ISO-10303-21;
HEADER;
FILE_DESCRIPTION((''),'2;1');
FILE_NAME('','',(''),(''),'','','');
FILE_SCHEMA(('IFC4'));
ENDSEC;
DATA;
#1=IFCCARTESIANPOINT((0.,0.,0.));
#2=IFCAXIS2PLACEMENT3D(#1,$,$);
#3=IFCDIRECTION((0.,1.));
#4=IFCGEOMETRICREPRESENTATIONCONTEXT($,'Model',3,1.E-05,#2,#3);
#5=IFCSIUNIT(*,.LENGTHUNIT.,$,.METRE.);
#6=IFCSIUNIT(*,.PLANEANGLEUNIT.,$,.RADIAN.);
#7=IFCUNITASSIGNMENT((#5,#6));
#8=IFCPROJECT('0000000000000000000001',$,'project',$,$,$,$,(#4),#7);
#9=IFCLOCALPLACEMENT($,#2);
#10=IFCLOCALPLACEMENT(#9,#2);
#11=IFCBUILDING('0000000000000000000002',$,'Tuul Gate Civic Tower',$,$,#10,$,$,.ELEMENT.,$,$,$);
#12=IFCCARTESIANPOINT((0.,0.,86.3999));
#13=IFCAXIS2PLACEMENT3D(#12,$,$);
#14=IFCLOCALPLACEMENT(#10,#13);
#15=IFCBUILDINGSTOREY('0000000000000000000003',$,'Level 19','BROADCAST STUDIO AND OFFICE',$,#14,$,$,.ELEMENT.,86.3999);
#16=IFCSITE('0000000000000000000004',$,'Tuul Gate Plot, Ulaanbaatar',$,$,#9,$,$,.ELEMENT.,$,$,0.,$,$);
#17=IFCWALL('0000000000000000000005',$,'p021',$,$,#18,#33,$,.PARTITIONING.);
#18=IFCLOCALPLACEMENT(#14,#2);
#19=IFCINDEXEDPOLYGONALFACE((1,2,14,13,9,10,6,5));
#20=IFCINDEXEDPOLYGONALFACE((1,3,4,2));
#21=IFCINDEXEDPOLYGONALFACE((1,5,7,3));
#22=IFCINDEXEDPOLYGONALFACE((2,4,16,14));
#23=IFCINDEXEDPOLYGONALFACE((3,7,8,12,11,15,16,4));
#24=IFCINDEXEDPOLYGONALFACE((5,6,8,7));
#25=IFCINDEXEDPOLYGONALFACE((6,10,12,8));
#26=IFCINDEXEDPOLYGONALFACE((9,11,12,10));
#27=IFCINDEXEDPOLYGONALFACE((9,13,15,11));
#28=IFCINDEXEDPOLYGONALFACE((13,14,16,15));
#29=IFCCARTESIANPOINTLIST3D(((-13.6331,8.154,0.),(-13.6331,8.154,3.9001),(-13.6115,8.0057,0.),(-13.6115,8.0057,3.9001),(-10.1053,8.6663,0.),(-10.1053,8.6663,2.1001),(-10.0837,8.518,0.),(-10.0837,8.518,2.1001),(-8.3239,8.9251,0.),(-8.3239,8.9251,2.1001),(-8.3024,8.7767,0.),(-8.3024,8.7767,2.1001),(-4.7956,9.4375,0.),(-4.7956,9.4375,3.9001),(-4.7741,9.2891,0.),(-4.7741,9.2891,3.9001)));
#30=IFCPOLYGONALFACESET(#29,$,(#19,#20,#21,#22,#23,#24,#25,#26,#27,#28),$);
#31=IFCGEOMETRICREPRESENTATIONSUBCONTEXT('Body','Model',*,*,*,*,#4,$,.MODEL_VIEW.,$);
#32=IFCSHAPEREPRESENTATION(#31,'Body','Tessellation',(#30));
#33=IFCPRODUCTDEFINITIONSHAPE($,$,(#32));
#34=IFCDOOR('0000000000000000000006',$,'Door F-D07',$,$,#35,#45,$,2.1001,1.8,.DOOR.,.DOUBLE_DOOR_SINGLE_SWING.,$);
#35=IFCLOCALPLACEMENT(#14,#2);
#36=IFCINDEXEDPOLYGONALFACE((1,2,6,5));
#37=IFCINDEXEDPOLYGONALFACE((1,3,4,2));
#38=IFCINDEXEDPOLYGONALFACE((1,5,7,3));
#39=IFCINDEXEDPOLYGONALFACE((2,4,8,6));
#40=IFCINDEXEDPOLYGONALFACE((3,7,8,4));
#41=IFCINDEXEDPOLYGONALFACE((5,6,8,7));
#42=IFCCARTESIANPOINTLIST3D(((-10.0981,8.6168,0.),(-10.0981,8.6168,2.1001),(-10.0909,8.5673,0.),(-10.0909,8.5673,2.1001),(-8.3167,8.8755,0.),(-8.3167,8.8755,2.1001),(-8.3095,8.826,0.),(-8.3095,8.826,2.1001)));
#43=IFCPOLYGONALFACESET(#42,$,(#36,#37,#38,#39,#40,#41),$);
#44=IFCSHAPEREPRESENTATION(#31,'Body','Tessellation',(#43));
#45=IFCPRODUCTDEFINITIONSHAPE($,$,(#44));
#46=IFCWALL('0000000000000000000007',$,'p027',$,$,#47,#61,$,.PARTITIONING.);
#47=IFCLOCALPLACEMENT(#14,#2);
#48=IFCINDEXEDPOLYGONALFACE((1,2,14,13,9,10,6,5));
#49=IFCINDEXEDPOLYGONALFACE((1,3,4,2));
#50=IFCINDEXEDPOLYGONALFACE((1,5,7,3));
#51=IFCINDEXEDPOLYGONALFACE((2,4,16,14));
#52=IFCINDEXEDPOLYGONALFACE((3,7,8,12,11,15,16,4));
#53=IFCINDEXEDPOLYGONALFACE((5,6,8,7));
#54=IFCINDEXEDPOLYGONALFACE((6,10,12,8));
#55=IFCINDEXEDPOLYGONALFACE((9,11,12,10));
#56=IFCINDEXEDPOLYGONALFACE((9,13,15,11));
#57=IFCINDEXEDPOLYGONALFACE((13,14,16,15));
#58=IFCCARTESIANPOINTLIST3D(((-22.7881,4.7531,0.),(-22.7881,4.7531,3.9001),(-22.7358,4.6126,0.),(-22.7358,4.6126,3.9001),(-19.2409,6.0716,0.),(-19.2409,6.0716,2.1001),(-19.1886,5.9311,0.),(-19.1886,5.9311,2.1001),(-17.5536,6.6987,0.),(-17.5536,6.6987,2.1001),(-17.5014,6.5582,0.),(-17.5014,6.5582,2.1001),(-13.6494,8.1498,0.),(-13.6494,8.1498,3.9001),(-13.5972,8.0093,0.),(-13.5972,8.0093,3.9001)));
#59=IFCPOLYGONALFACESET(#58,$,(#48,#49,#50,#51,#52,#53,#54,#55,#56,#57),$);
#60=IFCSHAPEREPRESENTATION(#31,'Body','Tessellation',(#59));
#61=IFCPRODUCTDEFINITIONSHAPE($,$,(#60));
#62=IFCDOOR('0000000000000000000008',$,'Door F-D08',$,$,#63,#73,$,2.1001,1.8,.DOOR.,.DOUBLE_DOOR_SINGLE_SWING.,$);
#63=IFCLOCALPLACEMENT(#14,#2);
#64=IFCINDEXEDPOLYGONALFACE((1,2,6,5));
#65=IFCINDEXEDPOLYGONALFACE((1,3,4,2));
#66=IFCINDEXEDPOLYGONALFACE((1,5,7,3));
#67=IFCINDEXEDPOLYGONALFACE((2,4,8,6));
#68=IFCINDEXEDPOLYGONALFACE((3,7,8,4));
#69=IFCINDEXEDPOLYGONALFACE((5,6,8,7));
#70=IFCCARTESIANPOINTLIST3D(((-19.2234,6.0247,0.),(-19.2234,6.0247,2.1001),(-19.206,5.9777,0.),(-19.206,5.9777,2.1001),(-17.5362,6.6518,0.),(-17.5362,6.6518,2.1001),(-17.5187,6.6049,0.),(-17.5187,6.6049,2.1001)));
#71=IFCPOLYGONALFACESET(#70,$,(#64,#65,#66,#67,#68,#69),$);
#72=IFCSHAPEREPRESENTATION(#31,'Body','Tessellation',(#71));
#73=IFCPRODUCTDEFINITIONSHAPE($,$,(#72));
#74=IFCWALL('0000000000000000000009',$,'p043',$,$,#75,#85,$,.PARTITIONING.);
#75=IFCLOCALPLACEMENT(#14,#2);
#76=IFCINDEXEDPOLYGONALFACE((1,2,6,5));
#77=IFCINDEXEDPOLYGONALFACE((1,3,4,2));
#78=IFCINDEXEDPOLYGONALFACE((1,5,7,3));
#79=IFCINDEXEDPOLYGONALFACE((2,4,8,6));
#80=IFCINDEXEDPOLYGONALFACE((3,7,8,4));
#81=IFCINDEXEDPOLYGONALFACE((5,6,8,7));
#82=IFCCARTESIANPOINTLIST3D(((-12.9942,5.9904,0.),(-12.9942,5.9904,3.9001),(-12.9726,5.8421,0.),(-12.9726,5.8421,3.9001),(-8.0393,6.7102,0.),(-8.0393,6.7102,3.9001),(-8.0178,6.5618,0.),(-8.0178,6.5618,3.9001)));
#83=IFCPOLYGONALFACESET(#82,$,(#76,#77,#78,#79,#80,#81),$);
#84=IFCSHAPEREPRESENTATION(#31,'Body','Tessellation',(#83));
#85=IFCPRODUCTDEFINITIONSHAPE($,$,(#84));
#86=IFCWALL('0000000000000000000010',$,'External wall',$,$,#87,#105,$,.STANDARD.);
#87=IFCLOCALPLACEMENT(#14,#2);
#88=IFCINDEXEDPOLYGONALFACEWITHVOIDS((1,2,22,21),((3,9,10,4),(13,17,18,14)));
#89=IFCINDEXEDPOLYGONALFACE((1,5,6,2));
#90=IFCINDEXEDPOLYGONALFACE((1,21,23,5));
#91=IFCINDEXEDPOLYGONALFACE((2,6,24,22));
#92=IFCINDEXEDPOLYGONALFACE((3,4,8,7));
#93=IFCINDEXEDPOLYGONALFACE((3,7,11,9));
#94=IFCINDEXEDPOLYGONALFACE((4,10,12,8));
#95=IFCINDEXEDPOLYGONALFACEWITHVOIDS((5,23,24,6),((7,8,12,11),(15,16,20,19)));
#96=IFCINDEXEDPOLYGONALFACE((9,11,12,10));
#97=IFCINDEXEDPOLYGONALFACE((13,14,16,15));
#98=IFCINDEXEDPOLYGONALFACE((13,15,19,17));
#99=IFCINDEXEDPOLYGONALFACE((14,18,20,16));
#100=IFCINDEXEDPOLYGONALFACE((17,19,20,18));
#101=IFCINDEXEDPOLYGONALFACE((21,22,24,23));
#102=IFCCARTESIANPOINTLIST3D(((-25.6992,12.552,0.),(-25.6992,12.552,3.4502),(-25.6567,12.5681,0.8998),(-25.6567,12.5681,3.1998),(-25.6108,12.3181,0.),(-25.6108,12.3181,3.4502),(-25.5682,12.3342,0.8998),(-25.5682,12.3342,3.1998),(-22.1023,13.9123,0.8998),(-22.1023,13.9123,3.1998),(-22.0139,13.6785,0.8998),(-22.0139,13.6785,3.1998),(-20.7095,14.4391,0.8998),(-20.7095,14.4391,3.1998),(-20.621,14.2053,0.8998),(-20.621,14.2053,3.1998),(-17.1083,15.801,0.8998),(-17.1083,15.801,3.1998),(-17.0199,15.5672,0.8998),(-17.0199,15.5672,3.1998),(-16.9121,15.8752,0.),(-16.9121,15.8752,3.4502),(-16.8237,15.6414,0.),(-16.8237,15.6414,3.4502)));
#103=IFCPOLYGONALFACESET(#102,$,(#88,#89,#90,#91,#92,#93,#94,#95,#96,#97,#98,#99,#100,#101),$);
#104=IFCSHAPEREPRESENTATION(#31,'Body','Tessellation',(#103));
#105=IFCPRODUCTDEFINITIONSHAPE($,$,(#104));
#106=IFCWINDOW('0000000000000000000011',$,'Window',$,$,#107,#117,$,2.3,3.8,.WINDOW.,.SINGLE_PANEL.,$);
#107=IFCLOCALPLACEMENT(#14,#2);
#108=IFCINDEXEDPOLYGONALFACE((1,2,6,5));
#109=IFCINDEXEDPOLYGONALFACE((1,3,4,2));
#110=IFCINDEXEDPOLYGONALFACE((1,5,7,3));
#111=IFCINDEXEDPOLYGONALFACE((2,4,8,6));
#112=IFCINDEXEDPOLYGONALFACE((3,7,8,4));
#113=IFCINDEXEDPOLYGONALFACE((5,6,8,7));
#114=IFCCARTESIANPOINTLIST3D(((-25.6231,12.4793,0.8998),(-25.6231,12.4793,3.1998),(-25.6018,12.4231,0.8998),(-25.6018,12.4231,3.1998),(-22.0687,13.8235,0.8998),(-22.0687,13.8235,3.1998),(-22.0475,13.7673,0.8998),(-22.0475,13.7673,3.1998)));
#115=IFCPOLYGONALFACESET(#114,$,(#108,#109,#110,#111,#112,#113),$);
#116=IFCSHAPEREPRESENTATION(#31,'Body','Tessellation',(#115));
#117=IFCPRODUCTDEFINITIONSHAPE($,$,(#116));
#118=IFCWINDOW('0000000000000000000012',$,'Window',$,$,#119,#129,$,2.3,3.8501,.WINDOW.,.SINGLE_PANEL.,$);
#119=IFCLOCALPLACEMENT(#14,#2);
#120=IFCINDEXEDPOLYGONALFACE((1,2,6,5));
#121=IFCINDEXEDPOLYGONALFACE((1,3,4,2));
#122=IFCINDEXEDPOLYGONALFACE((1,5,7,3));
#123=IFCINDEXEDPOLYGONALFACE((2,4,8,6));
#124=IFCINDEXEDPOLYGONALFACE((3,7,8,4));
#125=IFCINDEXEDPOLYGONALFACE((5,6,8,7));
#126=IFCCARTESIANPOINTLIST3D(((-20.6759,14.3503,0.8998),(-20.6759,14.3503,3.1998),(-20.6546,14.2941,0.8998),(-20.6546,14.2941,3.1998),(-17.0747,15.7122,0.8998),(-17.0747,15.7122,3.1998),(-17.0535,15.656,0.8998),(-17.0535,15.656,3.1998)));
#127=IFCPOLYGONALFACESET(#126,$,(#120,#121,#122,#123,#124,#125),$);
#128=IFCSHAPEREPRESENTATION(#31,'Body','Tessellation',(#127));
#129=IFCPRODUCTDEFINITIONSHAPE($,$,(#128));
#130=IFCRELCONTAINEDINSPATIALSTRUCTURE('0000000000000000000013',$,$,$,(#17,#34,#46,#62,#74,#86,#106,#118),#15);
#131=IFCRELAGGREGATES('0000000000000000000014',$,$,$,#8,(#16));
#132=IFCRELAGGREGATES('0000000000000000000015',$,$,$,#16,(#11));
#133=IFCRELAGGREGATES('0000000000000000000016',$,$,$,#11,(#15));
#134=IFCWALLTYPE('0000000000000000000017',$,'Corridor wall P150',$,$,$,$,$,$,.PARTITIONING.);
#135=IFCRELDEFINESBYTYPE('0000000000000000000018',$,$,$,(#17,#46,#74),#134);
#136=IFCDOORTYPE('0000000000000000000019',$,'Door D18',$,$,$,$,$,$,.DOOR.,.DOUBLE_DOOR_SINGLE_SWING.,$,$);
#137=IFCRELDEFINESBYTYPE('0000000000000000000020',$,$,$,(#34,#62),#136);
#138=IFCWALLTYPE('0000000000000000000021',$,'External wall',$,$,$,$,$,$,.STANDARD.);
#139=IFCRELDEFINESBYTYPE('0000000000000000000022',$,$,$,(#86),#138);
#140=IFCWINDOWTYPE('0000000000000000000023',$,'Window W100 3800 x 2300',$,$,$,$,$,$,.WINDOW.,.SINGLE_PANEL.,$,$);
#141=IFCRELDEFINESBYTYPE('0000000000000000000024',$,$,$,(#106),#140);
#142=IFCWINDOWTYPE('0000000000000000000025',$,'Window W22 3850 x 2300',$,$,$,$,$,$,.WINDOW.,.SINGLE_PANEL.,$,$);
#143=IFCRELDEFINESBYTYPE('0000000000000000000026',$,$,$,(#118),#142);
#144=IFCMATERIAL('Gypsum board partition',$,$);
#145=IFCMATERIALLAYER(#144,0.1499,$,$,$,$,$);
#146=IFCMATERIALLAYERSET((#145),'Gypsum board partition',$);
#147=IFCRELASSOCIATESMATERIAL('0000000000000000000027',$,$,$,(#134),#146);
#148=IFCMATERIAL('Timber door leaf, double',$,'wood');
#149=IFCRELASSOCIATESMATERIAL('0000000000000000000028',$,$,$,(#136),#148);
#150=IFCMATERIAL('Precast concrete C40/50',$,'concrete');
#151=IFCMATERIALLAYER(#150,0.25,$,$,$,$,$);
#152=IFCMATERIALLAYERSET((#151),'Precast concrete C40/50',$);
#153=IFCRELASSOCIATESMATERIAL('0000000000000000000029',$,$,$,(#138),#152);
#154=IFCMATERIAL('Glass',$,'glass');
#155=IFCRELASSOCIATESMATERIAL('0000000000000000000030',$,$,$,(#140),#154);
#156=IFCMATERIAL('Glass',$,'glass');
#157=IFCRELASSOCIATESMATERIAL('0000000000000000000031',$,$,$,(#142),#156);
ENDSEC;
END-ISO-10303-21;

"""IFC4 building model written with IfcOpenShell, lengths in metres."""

from ifc_helpers import new_model, si_unit, direction, frame, frame_2d, origin, place, context, subcontext, project, spatial, rectangle, extrude, material, layer, layer_set, type_object, element, fill, save


model = new_model("IFC4")

# Units and contexts
model_context = context("Model", 3, precision=1e-05, world=origin(), true_north=direction((0.0, 1.0)))
body_context = subcontext(model_context, "Body", "Model", "MODEL_VIEW")
ifc_project = project(units=[si_unit("LENGTHUNIT", "METRE"), si_unit("PLANEANGLEUNIT", "RADIAN")], contexts=[model_context])

# Site, building, storey
site_placement = place(None, origin())
site = spatial("IfcSite", under=ifc_project, at=site_placement, Name="Tuul Gate Plot, Ulaanbaatar", CompositionType="ELEMENT", RefElevation=0.0)
building_placement = place(site_placement, origin())
building = spatial("IfcBuilding", under=site, at=building_placement, Name="Tuul Gate Civic Tower", CompositionType="ELEMENT")
storey_placement = place(building_placement, frame((0.0, 0.0, 86.3999)))
storey = spatial("IfcBuildingStorey", under=building, at=storey_placement, Name="Level 19", Description="BROADCAST STUDIO AND OFFICE", CompositionType="ELEMENT", Elevation=86.3999)

# Walls, openings, doors
ifc_material_1 = material(Name="Gypsum board partition")
ifc_layer_1 = layer(ifc_material_1, 0.1499)
ifc_layer_set_1 = layer_set([ifc_layer_1], Name="Gypsum board partition")
wall_type_1 = type_object("IfcWallType", Name="Corridor wall P150", PredefinedType="PARTITIONING", material=ifc_layer_set_1)
wall_1_placement = place(storey_placement, frame((-13.6223, 8.0798, 0.0), z_axis=(0.0, 0.0, 1.0), x_axis=(0.989618, 0.143721, 0.0)))
wall_1 = element("IfcWall", 1, at=wall_1_placement, inside=storey, type_object=wall_type_1, Name="p021", PredefinedType="PARTITIONING", context=body_context, shape_type="SweptSolid", body=[
    extrude(rectangle(XDim=8.9302, YDim=0.1499, at=frame_2d((4.4651, 0.0))), origin(), (0.0, 0.0, 1.0), 3.9001),
])
opening_1_placement = place(wall_1_placement, frame((3.5649, 0.0, 0.0)))
opening_1 = element("IfcOpeningElement", 2, at=opening_1_placement, cuts=wall_1, PredefinedType="OPENING", context=body_context, shape_type="SweptSolid", body=[
    extrude(rectangle(XDim=1.8, YDim=2.1001, at=frame_2d((0.8999, 1.05))), frame((0.0, 0.085, 0.0), z_axis=(0.0, -1.0, 0.0), x_axis=(1.0, 0.0, 0.0)), (0.0, 0.0, 1.0), 0.1699),
])
ifc_material_2 = material(Name="Timber door leaf, double", Category="wood")
door_type_1 = type_object("IfcDoorType", Name="Door D18", OperationType="DOUBLE_DOOR_SINGLE_SWING", PredefinedType="DOOR", material=ifc_material_2)
door_1_placement = place(opening_1_placement, origin())
door_1 = element("IfcDoor", 3, at=door_1_placement, inside=storey, type_object=door_type_1, Name="Door F-D07", OperationType="DOUBLE_DOOR_SINGLE_SWING", OverallHeight=2.1001, OverallWidth=1.8, PredefinedType="DOOR", context=body_context, shape_type="SweptSolid", body=[
    extrude(rectangle(XDim=1.8, YDim=2.1001, at=frame_2d((0.8999, 1.05))), frame((0.0, 0.0249, 0.0), z_axis=(0.0, -1.0, 0.0), x_axis=(1.0, 0.0, 0.0)), (0.0, 0.0, 1.0), 0.05),
])
fill(opening_1, door_1)
wall_2_placement = place(storey_placement, frame((-22.762, 4.6829, 0.0), z_axis=(0.0, 0.0, 1.0), x_axis=(0.937346, 0.3484, 0.0)))
wall_2 = element("IfcWall", 4, at=wall_2_placement, inside=storey, type_object=wall_type_1, Name="p027", PredefinedType="PARTITIONING", context=body_context, shape_type="SweptSolid", body=[
    extrude(rectangle(XDim=9.7495, YDim=0.1499, at=frame_2d((4.8748, 0.0))), origin(), (0.0, 0.0, 1.0), 3.9001),
])
opening_2_placement = place(wall_2_placement, frame((3.7844, 0.0, 0.0)))
opening_2 = element("IfcOpeningElement", 5, at=opening_2_placement, cuts=wall_2, PredefinedType="OPENING", context=body_context, shape_type="SweptSolid", body=[
    extrude(rectangle(XDim=1.8, YDim=2.1001, at=frame_2d((0.8999, 1.05))), frame((0.0, 0.085, 0.0), z_axis=(0.0, -1.0, 0.0), x_axis=(1.0, 0.0, 0.0)), (0.0, 0.0, 1.0), 0.1699),
])
door_2_placement = place(opening_2_placement, origin())
door_2 = element("IfcDoor", 6, at=door_2_placement, inside=storey, type_object=door_type_1, Name="Door F-D08", OperationType="DOUBLE_DOOR_SINGLE_SWING", OverallHeight=2.1001, OverallWidth=1.8, PredefinedType="DOOR", context=body_context, shape_type="SweptSolid", body=[
    extrude(rectangle(XDim=1.8, YDim=2.1001, at=frame_2d((0.8999, 1.05))), frame((0.0, 0.0249, 0.0), z_axis=(0.0, -1.0, 0.0), x_axis=(1.0, 0.0, 0.0)), (0.0, 0.0, 1.0), 0.05),
])
fill(opening_2, door_2)

# Wall
wall_3_placement = place(storey_placement, frame((-12.9834, 5.9163, 0.0), z_axis=(0.0, 0.0, 1.0), x_axis=(0.989614, 0.143749, 0.0)))
element("IfcWall", 7, at=wall_3_placement, inside=storey, type_object=wall_type_1, Name="p043", PredefinedType="PARTITIONING", context=body_context, shape_type="SweptSolid", body=[
    extrude(rectangle(XDim=5.0068, YDim=0.1499, at=frame_2d((2.5034, 0.0))), origin(), (0.0, 0.0, 1.0), 3.9001),
])

# Wall, openings, windows
ifc_material_3 = material(Name="Precast concrete C40/50", Category="concrete")
ifc_layer_2 = layer(ifc_material_3, 0.25)
ifc_layer_set_2 = layer_set([ifc_layer_2], Name="Precast concrete C40/50")
wall_type_2 = type_object("IfcWallType", Name="External wall", PredefinedType="STANDARD", material=ifc_layer_set_2)
wall_4_placement = place(storey_placement, frame((-16.8679, 15.7583, 0.0), z_axis=(0.0, 0.0, 1.0), x_axis=(-0.935343, -0.353742, 0.0)))
wall_4 = element("IfcWall", 8, at=wall_4_placement, inside=storey, type_object=wall_type_2, Name="External wall", PredefinedType="STANDARD", context=body_context, shape_type="SweptSolid", body=[
    extrude(rectangle(XDim=9.3945, YDim=0.25, at=frame_2d((4.6973, 0.0))), origin(), (0.0, 0.0, 1.0), 3.4502),
])
opening_3_placement = place(wall_4_placement, frame((0.2097, 0.0, 0.8999)))
opening_3 = element("IfcOpeningElement", 9, at=opening_3_placement, cuts=wall_4, PredefinedType="OPENING", context=body_context, shape_type="SweptSolid", body=[
    extrude(rectangle(XDim=3.8501, YDim=2.3, at=frame_2d((1.925, 1.1499))), frame((0.0, 0.135, 0.0), z_axis=(0.0, -1.0, 0.0), x_axis=(1.0, 0.0, 0.0)), (0.0, 0.0, 1.0), 0.27),
])
opening_4_placement = place(wall_4_placement, frame((5.5491, 0.0, 0.8999)))
opening_4 = element("IfcOpeningElement", 10, at=opening_4_placement, cuts=wall_4, PredefinedType="OPENING", context=body_context, shape_type="SweptSolid", body=[
    extrude(rectangle(XDim=3.8, YDim=2.3, at=frame_2d((1.8999, 1.1499))), frame((0.0, 0.135, 0.0), z_axis=(0.0, -1.0, 0.0), x_axis=(1.0, 0.0, 0.0)), (0.0, 0.0, 1.0), 0.27),
])
ifc_material_4 = material(Name="Glass", Category="glass")
window_type_1 = type_object("IfcWindowType", Name="Window W100 3800 x 2300", PartitioningType="SINGLE_PANEL", PredefinedType="WINDOW", material=ifc_material_4)
window_1_placement = place(opening_4_placement, origin())
window_1 = element("IfcWindow", 11, at=window_1_placement, inside=storey, type_object=window_type_1, Name="Window", OverallHeight=2.3, OverallWidth=3.8, PartitioningType="SINGLE_PANEL", PredefinedType="WINDOW", context=body_context, shape_type="SweptSolid", body=[
    extrude(rectangle(XDim=3.8, YDim=2.3, at=frame_2d((1.8999, 1.1499))), frame((0.0, 0.03, 0.0), z_axis=(0.0, -1.0, 0.0), x_axis=(1.0, 0.0, 0.0)), (0.0, 0.0, 1.0), 0.0601),
])
fill(opening_4, window_1)
ifc_material_5 = material(Name="Glass", Category="glass")
window_type_2 = type_object("IfcWindowType", Name="Window W22 3850 x 2300", PartitioningType="SINGLE_PANEL", PredefinedType="WINDOW", material=ifc_material_5)
window_2_placement = place(opening_3_placement, origin())
window_2 = element("IfcWindow", 12, at=window_2_placement, inside=storey, type_object=window_type_2, Name="Window", OverallHeight=2.3, OverallWidth=3.8501, PartitioningType="SINGLE_PANEL", PredefinedType="WINDOW", context=body_context, shape_type="SweptSolid", body=[
    extrude(rectangle(XDim=3.8501, YDim=2.3, at=frame_2d((1.925, 1.1499))), frame((0.0, 0.03, 0.0), z_axis=(0.0, -1.0, 0.0), x_axis=(1.0, 0.0, 0.0)), (0.0, 0.0, 1.0), 0.0601),
])
fill(opening_3, window_2)

save(model, "model.ifc")
